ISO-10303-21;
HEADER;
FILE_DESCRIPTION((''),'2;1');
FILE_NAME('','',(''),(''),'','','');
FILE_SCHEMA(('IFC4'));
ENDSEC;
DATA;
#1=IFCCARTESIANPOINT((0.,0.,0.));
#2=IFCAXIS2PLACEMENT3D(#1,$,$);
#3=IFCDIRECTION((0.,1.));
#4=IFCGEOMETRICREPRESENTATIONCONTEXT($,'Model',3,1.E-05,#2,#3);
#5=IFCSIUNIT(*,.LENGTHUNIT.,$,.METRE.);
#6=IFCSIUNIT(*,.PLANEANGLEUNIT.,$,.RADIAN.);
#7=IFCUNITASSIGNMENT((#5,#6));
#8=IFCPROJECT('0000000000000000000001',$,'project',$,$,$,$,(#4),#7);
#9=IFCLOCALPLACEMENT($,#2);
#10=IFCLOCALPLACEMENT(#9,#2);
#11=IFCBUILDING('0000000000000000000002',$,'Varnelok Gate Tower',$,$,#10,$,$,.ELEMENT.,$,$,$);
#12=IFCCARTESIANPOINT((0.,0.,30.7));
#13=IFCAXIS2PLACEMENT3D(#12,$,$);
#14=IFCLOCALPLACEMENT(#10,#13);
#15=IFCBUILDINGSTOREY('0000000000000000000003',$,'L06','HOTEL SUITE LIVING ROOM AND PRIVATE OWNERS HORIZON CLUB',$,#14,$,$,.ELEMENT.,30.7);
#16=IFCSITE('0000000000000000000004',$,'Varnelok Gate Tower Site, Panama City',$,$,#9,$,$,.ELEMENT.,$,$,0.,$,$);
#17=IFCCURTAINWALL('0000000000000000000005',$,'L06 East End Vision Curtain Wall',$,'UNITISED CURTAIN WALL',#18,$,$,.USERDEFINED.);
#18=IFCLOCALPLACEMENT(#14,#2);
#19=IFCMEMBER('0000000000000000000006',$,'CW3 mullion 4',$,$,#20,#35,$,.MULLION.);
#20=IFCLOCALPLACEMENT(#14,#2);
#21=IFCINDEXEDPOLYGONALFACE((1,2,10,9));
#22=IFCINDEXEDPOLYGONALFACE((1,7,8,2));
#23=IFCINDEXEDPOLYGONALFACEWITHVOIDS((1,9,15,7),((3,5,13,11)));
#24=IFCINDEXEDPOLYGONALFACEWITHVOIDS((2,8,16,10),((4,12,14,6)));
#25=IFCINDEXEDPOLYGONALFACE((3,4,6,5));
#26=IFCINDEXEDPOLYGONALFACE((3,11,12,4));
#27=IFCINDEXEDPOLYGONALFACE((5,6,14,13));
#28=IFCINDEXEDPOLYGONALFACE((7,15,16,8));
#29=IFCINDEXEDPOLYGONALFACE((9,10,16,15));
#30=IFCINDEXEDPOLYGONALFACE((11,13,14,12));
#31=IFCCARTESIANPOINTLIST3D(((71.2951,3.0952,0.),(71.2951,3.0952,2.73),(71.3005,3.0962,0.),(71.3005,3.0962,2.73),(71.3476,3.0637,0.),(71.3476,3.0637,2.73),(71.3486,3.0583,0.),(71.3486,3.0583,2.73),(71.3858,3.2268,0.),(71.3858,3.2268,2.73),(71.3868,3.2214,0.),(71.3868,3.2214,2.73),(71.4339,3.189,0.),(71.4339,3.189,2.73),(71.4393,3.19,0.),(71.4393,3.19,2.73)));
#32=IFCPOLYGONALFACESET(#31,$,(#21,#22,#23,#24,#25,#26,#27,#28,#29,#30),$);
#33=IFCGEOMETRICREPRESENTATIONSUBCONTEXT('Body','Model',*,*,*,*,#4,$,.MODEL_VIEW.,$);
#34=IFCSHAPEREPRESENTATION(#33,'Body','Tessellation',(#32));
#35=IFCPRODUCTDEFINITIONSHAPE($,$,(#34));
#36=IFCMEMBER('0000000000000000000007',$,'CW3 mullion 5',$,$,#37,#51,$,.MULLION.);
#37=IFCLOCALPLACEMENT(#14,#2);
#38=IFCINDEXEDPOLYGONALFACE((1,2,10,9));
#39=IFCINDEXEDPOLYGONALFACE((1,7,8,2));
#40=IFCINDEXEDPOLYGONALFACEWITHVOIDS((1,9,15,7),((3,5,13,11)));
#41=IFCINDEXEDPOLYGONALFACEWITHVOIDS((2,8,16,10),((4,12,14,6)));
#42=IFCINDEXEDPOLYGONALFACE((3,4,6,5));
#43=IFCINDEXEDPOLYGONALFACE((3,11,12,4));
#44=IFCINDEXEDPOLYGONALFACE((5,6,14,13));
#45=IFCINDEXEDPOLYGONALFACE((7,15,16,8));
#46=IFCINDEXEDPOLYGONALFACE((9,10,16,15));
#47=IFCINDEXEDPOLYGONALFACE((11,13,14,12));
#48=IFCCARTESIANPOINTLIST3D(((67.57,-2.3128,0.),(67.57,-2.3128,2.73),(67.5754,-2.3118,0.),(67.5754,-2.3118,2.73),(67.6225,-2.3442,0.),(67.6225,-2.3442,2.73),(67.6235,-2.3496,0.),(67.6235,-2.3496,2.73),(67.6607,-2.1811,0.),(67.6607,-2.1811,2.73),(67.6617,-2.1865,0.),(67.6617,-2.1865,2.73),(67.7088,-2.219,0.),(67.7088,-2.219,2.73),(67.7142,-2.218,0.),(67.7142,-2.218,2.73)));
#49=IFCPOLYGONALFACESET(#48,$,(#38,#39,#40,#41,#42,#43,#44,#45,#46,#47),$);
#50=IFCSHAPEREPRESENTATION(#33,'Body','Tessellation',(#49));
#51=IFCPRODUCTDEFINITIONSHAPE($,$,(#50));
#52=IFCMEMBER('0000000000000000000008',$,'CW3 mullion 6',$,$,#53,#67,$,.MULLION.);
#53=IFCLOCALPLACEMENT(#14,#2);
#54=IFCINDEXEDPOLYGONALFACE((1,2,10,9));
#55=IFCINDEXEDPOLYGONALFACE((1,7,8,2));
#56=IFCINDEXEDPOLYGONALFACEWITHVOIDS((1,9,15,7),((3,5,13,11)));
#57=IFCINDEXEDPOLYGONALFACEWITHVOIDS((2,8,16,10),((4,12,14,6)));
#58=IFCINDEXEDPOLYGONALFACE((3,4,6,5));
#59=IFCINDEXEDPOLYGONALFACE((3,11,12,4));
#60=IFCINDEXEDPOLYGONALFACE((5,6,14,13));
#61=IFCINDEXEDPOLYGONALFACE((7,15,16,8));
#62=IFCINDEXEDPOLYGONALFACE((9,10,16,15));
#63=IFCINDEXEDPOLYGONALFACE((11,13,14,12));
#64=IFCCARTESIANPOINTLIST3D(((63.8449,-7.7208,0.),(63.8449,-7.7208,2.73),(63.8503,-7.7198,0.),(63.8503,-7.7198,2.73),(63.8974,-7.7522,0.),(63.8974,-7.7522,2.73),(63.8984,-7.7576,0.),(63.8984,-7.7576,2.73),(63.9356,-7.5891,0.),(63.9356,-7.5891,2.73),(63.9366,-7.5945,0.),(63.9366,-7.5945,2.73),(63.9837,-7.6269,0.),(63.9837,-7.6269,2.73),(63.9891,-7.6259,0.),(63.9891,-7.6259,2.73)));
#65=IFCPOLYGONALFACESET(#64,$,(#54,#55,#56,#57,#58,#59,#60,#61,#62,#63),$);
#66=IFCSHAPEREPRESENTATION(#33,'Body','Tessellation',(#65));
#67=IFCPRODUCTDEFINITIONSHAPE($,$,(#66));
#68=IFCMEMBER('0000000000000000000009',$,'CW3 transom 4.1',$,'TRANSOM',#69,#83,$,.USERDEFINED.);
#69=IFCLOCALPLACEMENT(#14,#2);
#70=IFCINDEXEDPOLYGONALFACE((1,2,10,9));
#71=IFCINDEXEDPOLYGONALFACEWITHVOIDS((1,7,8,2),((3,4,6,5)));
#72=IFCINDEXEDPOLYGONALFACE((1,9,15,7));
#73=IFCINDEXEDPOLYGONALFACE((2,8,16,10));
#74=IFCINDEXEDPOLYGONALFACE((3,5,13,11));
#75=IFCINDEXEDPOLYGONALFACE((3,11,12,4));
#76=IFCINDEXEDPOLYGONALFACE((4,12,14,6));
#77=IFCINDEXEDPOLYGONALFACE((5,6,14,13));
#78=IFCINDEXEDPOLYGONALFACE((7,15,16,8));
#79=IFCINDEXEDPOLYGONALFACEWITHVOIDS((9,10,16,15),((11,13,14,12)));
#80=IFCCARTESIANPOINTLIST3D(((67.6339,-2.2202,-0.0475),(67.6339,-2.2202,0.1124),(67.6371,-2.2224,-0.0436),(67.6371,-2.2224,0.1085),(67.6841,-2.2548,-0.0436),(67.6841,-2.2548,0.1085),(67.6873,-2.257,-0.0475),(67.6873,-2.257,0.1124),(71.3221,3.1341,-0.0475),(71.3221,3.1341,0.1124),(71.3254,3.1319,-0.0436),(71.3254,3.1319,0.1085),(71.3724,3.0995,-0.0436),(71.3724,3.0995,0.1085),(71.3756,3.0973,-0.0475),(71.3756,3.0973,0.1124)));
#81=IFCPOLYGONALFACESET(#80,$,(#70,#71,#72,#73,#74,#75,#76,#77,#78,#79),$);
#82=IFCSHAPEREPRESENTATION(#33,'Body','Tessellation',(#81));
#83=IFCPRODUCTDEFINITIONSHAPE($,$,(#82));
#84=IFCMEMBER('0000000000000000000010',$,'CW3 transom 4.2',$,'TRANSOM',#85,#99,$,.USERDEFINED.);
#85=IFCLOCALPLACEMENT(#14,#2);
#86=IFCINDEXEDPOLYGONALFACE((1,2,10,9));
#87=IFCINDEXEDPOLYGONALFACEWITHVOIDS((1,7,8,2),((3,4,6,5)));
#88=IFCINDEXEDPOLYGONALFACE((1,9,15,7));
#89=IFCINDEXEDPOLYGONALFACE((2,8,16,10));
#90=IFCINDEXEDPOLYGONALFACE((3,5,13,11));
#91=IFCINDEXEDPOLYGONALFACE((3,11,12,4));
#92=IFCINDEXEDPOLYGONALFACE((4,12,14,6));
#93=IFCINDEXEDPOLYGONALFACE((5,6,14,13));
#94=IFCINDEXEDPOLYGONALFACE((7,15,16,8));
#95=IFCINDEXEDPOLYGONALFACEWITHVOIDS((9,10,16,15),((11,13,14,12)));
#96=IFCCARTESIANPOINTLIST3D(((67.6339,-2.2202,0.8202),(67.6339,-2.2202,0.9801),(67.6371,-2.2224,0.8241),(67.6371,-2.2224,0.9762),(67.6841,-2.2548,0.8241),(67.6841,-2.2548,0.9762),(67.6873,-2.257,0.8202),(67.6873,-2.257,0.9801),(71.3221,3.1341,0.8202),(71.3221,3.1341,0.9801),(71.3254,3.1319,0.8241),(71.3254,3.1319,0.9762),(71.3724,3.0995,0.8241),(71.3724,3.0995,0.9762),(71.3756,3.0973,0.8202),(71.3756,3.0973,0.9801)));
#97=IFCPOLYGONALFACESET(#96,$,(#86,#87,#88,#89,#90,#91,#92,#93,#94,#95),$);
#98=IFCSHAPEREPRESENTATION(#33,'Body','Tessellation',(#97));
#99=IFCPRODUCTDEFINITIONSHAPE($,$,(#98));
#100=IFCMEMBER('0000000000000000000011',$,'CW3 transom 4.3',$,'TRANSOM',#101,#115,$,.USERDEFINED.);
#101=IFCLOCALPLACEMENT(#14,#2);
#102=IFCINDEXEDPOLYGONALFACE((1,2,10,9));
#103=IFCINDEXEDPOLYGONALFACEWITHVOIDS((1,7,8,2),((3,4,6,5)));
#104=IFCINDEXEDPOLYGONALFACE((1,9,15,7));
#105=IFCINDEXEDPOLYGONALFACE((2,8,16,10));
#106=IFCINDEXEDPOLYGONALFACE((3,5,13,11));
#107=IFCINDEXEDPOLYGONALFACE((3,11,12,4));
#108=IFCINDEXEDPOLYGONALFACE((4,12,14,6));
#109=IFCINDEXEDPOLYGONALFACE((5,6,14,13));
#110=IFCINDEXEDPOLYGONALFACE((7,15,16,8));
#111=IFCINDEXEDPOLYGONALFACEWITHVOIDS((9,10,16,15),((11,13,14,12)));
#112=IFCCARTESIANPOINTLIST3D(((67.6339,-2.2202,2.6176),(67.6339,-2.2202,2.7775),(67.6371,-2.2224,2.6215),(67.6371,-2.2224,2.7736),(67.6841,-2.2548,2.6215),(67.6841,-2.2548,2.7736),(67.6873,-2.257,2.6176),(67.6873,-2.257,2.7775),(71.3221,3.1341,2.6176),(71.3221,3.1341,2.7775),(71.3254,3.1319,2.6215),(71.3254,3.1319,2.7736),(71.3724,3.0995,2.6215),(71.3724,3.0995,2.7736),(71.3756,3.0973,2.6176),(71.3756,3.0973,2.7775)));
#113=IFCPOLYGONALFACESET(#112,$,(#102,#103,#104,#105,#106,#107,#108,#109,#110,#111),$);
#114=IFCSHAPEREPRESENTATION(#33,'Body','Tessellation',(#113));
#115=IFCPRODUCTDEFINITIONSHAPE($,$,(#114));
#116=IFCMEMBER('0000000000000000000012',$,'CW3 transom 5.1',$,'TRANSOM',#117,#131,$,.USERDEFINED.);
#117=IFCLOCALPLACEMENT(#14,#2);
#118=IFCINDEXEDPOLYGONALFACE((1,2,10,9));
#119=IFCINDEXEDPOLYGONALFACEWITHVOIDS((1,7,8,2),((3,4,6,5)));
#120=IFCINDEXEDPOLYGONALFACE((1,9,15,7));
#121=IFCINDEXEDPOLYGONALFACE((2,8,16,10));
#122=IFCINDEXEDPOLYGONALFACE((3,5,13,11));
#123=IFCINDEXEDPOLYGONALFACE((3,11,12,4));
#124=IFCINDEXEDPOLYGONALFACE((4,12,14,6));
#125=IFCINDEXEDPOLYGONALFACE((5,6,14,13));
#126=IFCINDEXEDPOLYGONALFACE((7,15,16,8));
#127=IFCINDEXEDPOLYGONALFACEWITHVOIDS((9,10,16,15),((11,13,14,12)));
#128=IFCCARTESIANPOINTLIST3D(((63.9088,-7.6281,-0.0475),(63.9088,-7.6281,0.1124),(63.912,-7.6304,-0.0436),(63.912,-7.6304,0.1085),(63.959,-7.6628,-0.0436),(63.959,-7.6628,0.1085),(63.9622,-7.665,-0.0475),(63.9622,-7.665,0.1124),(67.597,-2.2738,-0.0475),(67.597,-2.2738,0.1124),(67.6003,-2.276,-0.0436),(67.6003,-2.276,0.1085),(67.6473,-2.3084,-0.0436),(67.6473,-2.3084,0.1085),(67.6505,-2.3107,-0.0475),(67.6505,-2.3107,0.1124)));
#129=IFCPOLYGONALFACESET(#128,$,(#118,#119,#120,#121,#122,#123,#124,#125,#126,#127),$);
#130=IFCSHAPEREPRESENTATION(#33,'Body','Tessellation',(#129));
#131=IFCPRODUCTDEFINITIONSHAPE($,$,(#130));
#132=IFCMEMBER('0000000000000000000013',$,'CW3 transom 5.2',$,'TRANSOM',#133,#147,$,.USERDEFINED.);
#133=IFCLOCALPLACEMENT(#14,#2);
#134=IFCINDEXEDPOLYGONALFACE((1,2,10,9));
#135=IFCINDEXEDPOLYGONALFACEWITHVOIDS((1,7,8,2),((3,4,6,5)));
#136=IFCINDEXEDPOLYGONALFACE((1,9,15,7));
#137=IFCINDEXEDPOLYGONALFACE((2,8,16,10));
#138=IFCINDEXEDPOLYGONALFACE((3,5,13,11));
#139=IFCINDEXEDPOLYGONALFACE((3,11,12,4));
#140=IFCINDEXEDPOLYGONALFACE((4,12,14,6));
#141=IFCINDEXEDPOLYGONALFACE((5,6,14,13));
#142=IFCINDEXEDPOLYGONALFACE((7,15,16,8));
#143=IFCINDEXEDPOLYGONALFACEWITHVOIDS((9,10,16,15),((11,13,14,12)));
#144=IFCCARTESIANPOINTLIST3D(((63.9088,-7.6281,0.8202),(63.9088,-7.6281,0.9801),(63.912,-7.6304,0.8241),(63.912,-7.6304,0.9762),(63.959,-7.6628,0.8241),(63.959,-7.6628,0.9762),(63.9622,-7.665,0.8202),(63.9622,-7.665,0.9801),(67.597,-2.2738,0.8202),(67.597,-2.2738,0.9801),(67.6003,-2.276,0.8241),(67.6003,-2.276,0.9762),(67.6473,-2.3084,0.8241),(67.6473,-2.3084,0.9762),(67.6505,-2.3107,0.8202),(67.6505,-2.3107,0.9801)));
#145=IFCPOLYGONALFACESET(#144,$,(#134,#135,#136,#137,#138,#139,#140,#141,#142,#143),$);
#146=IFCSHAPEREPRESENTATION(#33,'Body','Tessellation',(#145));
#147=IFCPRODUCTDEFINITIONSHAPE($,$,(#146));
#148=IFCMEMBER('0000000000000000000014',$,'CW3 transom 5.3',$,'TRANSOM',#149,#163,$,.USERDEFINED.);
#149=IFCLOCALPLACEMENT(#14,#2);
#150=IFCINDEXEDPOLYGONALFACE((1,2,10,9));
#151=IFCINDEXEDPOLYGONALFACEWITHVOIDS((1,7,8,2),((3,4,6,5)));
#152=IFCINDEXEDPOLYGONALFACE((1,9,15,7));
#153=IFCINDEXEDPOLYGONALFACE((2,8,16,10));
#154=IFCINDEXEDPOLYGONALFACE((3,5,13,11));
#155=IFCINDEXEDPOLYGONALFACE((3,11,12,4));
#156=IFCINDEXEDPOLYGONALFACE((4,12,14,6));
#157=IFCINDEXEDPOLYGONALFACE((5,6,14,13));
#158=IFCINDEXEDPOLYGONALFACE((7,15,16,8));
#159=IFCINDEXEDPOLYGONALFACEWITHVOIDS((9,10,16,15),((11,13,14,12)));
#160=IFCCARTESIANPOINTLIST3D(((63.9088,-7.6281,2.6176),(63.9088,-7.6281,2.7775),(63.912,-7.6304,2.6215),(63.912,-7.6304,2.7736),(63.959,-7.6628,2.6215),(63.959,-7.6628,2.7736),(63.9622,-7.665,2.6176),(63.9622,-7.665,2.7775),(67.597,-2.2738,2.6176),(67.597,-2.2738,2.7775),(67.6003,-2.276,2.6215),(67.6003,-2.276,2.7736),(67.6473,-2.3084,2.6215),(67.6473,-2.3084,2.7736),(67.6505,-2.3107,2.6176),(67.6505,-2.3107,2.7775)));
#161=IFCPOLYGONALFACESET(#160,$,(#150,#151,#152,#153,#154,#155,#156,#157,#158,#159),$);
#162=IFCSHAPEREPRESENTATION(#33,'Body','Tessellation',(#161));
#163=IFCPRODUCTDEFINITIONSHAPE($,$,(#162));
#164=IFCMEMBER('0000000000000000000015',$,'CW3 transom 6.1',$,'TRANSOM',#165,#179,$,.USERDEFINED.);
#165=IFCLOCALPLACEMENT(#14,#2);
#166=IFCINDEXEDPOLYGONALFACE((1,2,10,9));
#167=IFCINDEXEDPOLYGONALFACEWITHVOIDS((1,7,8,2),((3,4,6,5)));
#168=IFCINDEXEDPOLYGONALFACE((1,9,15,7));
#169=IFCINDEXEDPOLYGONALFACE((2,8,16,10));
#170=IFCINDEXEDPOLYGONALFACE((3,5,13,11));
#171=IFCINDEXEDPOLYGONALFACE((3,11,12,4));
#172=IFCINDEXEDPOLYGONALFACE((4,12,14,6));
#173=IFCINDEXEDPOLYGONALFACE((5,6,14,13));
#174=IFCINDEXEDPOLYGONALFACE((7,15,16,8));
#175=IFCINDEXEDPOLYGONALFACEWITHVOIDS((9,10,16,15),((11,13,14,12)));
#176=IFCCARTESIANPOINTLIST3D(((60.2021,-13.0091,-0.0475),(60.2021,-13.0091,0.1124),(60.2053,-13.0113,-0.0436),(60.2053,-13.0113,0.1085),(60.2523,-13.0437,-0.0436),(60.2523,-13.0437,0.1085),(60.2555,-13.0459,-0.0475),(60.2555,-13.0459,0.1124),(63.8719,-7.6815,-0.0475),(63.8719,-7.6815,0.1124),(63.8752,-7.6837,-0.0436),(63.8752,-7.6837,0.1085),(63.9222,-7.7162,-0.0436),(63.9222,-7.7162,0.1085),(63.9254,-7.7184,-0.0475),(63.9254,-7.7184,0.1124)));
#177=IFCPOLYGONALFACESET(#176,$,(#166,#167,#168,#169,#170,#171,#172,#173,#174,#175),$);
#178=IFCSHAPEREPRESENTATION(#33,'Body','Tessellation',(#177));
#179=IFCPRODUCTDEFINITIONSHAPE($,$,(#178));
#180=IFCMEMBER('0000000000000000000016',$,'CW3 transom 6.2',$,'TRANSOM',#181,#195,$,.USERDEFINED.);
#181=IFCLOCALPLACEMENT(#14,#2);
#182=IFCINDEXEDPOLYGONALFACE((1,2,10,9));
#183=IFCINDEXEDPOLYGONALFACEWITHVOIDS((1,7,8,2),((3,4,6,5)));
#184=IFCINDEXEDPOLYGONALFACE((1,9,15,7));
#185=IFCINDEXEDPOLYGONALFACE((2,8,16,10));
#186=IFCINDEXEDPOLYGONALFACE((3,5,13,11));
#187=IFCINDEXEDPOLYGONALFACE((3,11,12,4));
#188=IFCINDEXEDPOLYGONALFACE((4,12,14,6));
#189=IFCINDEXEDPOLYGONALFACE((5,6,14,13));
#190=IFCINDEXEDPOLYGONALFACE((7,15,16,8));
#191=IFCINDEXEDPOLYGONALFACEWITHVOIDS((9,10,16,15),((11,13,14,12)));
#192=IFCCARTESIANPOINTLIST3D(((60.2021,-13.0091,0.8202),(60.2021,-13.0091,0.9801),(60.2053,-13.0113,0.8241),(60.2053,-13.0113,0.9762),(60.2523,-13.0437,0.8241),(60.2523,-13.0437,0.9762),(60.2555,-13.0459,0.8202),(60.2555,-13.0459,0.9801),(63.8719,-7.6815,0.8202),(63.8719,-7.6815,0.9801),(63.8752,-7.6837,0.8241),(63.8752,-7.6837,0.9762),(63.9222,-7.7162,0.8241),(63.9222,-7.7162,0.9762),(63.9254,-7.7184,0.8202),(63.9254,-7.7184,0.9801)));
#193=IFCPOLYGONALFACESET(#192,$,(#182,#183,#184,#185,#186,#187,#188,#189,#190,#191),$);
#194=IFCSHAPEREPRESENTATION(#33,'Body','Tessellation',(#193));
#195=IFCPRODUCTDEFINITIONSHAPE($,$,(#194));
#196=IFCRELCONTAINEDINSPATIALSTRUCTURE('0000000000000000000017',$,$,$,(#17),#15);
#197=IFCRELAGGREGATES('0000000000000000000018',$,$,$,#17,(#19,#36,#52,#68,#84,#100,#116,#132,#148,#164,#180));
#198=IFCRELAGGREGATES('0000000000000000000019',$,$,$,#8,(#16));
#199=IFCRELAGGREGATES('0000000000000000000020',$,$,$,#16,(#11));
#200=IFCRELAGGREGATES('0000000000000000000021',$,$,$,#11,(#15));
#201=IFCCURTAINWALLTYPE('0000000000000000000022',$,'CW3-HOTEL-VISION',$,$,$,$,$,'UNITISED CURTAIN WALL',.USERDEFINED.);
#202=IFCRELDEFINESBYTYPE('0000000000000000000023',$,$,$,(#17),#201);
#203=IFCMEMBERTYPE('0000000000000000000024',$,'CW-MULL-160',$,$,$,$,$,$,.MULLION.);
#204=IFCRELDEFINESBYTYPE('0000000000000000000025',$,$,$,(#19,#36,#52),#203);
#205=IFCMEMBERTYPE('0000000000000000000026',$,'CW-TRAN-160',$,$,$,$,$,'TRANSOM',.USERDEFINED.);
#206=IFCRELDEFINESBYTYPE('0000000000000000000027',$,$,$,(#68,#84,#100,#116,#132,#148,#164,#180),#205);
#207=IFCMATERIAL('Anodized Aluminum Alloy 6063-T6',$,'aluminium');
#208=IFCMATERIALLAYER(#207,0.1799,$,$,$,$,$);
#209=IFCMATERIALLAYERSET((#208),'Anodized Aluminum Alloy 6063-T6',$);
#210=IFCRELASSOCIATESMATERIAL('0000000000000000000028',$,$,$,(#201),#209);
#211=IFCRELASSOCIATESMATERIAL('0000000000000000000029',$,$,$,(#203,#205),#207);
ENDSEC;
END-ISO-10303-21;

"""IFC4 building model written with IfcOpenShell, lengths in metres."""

from ifc_helpers import new_model, si_unit, direction, frame, origin, origin_2d, place, context, subcontext, project, spatial, hollow_rectangle, extrude, material, layer, layer_set, material_profile, profile_set, type_object, element, aggregate, save


model = new_model("IFC4")

# Units and contexts
model_context = context("Model", 3, precision=1e-05, world=origin(), true_north=direction((0.0, 1.0)))
body_context = subcontext(model_context, "Body", "Model", "MODEL_VIEW")
ifc_project = project(units=[si_unit("LENGTHUNIT", "METRE"), si_unit("PLANEANGLEUNIT", "RADIAN")], contexts=[model_context])

# Site, building, storey
site_placement = place(None, origin())
site = spatial("IfcSite", under=ifc_project, at=site_placement, Name="Varnelok Gate Tower Site, Panama City", CompositionType="ELEMENT", RefElevation=0.0)
building_placement = place(site_placement, origin())
building = spatial("IfcBuilding", under=site, at=building_placement, Name="Varnelok Gate Tower", CompositionType="ELEMENT")
storey_placement = place(building_placement, frame((0.0, 0.0, 30.7)))
storey = spatial("IfcBuildingStorey", under=building, at=storey_placement, Name="L06", Description="HOTEL SUITE LIVING ROOM AND PRIVATE OWNERS HORIZON CLUB", CompositionType="ELEMENT", Elevation=30.7)

# Curtain wall, members
ifc_material_1 = material(Name="Anodized Aluminum Alloy 6063-T6", Category="aluminium")
ifc_layer_1 = layer(ifc_material_1, 0.1799)
ifc_layer_set_1 = layer_set([ifc_layer_1], Name="Anodized Aluminum Alloy 6063-T6")
curtain_wall_type = type_object("IfcCurtainWallType", Name="CW3-HOTEL-VISION", ElementType="UNITISED CURTAIN WALL", PredefinedType="USERDEFINED", material=ifc_layer_set_1)
curtain_wall_placement = place(storey_placement, origin())
curtain_wall = element("IfcCurtainWall", 1, at=curtain_wall_placement, inside=storey, type_object=curtain_wall_type, Name="L06 East End Vision Curtain Wall", ObjectType="UNITISED CURTAIN WALL", PredefinedType="USERDEFINED")
ifc_material_profile_1 = material_profile(ifc_material_1, hollow_rectangle(XDim=0.0649, YDim=0.1599, WallThickness=0.0039, at=origin_2d()), Name="ALU160X65X4")
ifc_profile_set_1 = profile_set([ifc_material_profile_1], Name="Anodized Aluminum Alloy 6063-T6")
member_type_1 = type_object("IfcMemberType", Name="CW-MULL-160", PredefinedType="MULLION", material=ifc_profile_set_1)
member_1_placement = place(storey_placement, frame((71.3672, 3.1426, 0.0), z_axis=(0.0, 0.0, 1.0), x_axis=(0.823533, -0.567269, 0.0)))
member_1 = element("IfcMember", 2, at=member_1_placement, type_object=member_type_1, Name="CW3 mullion 4", PredefinedType="MULLION", context=body_context, shape_type="SweptSolid", body=[
    extrude(hollow_rectangle(XDim=0.0649, YDim=0.1599, WallThickness=0.0039, at=origin_2d()), origin(), (0.0, 0.0, 1.0), 2.73),
])
member_2_placement = place(storey_placement, frame((67.6421, -2.2654, 0.0), z_axis=(0.0, 0.0, 1.0), x_axis=(0.823533, -0.567269, 0.0)))
member_2 = element("IfcMember", 3, at=member_2_placement, type_object=member_type_1, Name="CW3 mullion 5", PredefinedType="MULLION", context=body_context, shape_type="SweptSolid", body=[
    extrude(hollow_rectangle(XDim=0.0649, YDim=0.1599, WallThickness=0.0039, at=origin_2d()), origin(), (0.0, 0.0, 1.0), 2.73),
])
member_3_placement = place(storey_placement, frame((63.917, -7.6733, 0.0), z_axis=(0.0, 0.0, 1.0), x_axis=(0.823533, -0.567269, 0.0)))
member_3 = element("IfcMember", 4, at=member_3_placement, type_object=member_type_1, Name="CW3 mullion 6", PredefinedType="MULLION", context=body_context, shape_type="SweptSolid", body=[
    extrude(hollow_rectangle(XDim=0.0649, YDim=0.1599, WallThickness=0.0039, at=origin_2d()), origin(), (0.0, 0.0, 1.0), 2.73),
])
ifc_material_profile_2 = material_profile(ifc_material_1, hollow_rectangle(XDim=0.0649, YDim=0.1599, WallThickness=0.0039, at=origin_2d()), Name="ALU160X65X4")
ifc_profile_set_2 = profile_set([ifc_material_profile_2], Name="Anodized Aluminum Alloy 6063-T6")
member_type_2 = type_object("IfcMemberType", Name="CW-TRAN-160", ElementType="TRANSOM", PredefinedType="USERDEFINED", material=ifc_profile_set_2)
member_4_placement = place(storey_placement, frame((71.3489, 3.1157, 0.0325), z_axis=(-0.567279, -0.823526, 0.0), x_axis=(0.823526, -0.567279, 0.0)))
member_4 = element("IfcMember", 5, at=member_4_placement, type_object=member_type_2, Name="CW3 transom 4.1", ObjectType="TRANSOM", PredefinedType="USERDEFINED", context=body_context, shape_type="SweptSolid", body=[
    extrude(hollow_rectangle(XDim=0.0649, YDim=0.1599, WallThickness=0.0039, at=origin_2d()), origin(), (0.0, 0.0, 1.0), 6.5017),
])
member_5_placement = place(storey_placement, frame((71.3489, 3.1157, 0.9001), z_axis=(-0.567279, -0.823526, 0.0), x_axis=(0.823526, -0.567279, 0.0)))
member_5 = element("IfcMember", 6, at=member_5_placement, type_object=member_type_2, Name="CW3 transom 4.2", ObjectType="TRANSOM", PredefinedType="USERDEFINED", context=body_context, shape_type="SweptSolid", body=[
    extrude(hollow_rectangle(XDim=0.0649, YDim=0.1599, WallThickness=0.0039, at=origin_2d()), origin(), (0.0, 0.0, 1.0), 6.5017),
])
member_6_placement = place(storey_placement, frame((71.3489, 3.1157, 2.6975), z_axis=(-0.567279, -0.823526, 0.0), x_axis=(0.823526, -0.567279, 0.0)))
member_6 = element("IfcMember", 7, at=member_6_placement, type_object=member_type_2, Name="CW3 transom 4.3", ObjectType="TRANSOM", PredefinedType="USERDEFINED", context=body_context, shape_type="SweptSolid", body=[
    extrude(hollow_rectangle(XDim=0.0649, YDim=0.1599, WallThickness=0.0039, at=origin_2d()), origin(), (0.0, 0.0, 1.0), 6.5017),
])
member_7_placement = place(storey_placement, frame((67.6238, -2.2922, 0.0325), z_axis=(-0.567279, -0.823526, 0.0), x_axis=(0.823526, -0.567279, 0.0)))
member_7 = element("IfcMember", 8, at=member_7_placement, type_object=member_type_2, Name="CW3 transom 5.1", ObjectType="TRANSOM", PredefinedType="USERDEFINED", context=body_context, shape_type="SweptSolid", body=[
    extrude(hollow_rectangle(XDim=0.0649, YDim=0.1599, WallThickness=0.0039, at=origin_2d()), origin(), (0.0, 0.0, 1.0), 6.5017),
])
member_8_placement = place(storey_placement, frame((67.6238, -2.2922, 0.9001), z_axis=(-0.567279, -0.823526, 0.0), x_axis=(0.823526, -0.567279, 0.0)))
member_8 = element("IfcMember", 9, at=member_8_placement, type_object=member_type_2, Name="CW3 transom 5.2", ObjectType="TRANSOM", PredefinedType="USERDEFINED", context=body_context, shape_type="SweptSolid", body=[
    extrude(hollow_rectangle(XDim=0.0649, YDim=0.1599, WallThickness=0.0039, at=origin_2d()), origin(), (0.0, 0.0, 1.0), 6.5017),
])
member_9_placement = place(storey_placement, frame((67.6238, -2.2922, 2.6975), z_axis=(-0.567279, -0.823526, 0.0), x_axis=(0.823526, -0.567279, 0.0)))
member_9 = element("IfcMember", 10, at=member_9_placement, type_object=member_type_2, Name="CW3 transom 5.3", ObjectType="TRANSOM", PredefinedType="USERDEFINED", context=body_context, shape_type="SweptSolid", body=[
    extrude(hollow_rectangle(XDim=0.0649, YDim=0.1599, WallThickness=0.0039, at=origin_2d()), origin(), (0.0, 0.0, 1.0), 6.5017),
])
member_10_placement = place(storey_placement, frame((63.8987, -7.7, 0.0325), z_axis=(-0.567281, -0.823524, 0.0), x_axis=(0.823524, -0.567281, 0.0)))
member_10 = element("IfcMember", 11, at=member_10_placement, type_object=member_type_2, Name="CW3 transom 6.1", ObjectType="TRANSOM", PredefinedType="USERDEFINED", context=body_context, shape_type="SweptSolid", body=[
    extrude(hollow_rectangle(XDim=0.0649, YDim=0.1599, WallThickness=0.0039, at=origin_2d()), origin(), (0.0, 0.0, 1.0), 6.4692),
])
member_11_placement = place(storey_placement, frame((63.8987, -7.7, 0.9001), z_axis=(-0.567281, -0.823524, 0.0), x_axis=(0.823524, -0.567281, 0.0)))
member_11 = element("IfcMember", 12, at=member_11_placement, type_object=member_type_2, Name="CW3 transom 6.2", ObjectType="TRANSOM", PredefinedType="USERDEFINED", context=body_context, shape_type="SweptSolid", body=[
    extrude(hollow_rectangle(XDim=0.0649, YDim=0.1599, WallThickness=0.0039, at=origin_2d()), origin(), (0.0, 0.0, 1.0), 6.4692),
])
aggregate(curtain_wall, [member_1, member_2, member_3, member_4, member_5, member_6, member_7, member_8, member_9, member_10, member_11])

save(model, "model.ifc")
